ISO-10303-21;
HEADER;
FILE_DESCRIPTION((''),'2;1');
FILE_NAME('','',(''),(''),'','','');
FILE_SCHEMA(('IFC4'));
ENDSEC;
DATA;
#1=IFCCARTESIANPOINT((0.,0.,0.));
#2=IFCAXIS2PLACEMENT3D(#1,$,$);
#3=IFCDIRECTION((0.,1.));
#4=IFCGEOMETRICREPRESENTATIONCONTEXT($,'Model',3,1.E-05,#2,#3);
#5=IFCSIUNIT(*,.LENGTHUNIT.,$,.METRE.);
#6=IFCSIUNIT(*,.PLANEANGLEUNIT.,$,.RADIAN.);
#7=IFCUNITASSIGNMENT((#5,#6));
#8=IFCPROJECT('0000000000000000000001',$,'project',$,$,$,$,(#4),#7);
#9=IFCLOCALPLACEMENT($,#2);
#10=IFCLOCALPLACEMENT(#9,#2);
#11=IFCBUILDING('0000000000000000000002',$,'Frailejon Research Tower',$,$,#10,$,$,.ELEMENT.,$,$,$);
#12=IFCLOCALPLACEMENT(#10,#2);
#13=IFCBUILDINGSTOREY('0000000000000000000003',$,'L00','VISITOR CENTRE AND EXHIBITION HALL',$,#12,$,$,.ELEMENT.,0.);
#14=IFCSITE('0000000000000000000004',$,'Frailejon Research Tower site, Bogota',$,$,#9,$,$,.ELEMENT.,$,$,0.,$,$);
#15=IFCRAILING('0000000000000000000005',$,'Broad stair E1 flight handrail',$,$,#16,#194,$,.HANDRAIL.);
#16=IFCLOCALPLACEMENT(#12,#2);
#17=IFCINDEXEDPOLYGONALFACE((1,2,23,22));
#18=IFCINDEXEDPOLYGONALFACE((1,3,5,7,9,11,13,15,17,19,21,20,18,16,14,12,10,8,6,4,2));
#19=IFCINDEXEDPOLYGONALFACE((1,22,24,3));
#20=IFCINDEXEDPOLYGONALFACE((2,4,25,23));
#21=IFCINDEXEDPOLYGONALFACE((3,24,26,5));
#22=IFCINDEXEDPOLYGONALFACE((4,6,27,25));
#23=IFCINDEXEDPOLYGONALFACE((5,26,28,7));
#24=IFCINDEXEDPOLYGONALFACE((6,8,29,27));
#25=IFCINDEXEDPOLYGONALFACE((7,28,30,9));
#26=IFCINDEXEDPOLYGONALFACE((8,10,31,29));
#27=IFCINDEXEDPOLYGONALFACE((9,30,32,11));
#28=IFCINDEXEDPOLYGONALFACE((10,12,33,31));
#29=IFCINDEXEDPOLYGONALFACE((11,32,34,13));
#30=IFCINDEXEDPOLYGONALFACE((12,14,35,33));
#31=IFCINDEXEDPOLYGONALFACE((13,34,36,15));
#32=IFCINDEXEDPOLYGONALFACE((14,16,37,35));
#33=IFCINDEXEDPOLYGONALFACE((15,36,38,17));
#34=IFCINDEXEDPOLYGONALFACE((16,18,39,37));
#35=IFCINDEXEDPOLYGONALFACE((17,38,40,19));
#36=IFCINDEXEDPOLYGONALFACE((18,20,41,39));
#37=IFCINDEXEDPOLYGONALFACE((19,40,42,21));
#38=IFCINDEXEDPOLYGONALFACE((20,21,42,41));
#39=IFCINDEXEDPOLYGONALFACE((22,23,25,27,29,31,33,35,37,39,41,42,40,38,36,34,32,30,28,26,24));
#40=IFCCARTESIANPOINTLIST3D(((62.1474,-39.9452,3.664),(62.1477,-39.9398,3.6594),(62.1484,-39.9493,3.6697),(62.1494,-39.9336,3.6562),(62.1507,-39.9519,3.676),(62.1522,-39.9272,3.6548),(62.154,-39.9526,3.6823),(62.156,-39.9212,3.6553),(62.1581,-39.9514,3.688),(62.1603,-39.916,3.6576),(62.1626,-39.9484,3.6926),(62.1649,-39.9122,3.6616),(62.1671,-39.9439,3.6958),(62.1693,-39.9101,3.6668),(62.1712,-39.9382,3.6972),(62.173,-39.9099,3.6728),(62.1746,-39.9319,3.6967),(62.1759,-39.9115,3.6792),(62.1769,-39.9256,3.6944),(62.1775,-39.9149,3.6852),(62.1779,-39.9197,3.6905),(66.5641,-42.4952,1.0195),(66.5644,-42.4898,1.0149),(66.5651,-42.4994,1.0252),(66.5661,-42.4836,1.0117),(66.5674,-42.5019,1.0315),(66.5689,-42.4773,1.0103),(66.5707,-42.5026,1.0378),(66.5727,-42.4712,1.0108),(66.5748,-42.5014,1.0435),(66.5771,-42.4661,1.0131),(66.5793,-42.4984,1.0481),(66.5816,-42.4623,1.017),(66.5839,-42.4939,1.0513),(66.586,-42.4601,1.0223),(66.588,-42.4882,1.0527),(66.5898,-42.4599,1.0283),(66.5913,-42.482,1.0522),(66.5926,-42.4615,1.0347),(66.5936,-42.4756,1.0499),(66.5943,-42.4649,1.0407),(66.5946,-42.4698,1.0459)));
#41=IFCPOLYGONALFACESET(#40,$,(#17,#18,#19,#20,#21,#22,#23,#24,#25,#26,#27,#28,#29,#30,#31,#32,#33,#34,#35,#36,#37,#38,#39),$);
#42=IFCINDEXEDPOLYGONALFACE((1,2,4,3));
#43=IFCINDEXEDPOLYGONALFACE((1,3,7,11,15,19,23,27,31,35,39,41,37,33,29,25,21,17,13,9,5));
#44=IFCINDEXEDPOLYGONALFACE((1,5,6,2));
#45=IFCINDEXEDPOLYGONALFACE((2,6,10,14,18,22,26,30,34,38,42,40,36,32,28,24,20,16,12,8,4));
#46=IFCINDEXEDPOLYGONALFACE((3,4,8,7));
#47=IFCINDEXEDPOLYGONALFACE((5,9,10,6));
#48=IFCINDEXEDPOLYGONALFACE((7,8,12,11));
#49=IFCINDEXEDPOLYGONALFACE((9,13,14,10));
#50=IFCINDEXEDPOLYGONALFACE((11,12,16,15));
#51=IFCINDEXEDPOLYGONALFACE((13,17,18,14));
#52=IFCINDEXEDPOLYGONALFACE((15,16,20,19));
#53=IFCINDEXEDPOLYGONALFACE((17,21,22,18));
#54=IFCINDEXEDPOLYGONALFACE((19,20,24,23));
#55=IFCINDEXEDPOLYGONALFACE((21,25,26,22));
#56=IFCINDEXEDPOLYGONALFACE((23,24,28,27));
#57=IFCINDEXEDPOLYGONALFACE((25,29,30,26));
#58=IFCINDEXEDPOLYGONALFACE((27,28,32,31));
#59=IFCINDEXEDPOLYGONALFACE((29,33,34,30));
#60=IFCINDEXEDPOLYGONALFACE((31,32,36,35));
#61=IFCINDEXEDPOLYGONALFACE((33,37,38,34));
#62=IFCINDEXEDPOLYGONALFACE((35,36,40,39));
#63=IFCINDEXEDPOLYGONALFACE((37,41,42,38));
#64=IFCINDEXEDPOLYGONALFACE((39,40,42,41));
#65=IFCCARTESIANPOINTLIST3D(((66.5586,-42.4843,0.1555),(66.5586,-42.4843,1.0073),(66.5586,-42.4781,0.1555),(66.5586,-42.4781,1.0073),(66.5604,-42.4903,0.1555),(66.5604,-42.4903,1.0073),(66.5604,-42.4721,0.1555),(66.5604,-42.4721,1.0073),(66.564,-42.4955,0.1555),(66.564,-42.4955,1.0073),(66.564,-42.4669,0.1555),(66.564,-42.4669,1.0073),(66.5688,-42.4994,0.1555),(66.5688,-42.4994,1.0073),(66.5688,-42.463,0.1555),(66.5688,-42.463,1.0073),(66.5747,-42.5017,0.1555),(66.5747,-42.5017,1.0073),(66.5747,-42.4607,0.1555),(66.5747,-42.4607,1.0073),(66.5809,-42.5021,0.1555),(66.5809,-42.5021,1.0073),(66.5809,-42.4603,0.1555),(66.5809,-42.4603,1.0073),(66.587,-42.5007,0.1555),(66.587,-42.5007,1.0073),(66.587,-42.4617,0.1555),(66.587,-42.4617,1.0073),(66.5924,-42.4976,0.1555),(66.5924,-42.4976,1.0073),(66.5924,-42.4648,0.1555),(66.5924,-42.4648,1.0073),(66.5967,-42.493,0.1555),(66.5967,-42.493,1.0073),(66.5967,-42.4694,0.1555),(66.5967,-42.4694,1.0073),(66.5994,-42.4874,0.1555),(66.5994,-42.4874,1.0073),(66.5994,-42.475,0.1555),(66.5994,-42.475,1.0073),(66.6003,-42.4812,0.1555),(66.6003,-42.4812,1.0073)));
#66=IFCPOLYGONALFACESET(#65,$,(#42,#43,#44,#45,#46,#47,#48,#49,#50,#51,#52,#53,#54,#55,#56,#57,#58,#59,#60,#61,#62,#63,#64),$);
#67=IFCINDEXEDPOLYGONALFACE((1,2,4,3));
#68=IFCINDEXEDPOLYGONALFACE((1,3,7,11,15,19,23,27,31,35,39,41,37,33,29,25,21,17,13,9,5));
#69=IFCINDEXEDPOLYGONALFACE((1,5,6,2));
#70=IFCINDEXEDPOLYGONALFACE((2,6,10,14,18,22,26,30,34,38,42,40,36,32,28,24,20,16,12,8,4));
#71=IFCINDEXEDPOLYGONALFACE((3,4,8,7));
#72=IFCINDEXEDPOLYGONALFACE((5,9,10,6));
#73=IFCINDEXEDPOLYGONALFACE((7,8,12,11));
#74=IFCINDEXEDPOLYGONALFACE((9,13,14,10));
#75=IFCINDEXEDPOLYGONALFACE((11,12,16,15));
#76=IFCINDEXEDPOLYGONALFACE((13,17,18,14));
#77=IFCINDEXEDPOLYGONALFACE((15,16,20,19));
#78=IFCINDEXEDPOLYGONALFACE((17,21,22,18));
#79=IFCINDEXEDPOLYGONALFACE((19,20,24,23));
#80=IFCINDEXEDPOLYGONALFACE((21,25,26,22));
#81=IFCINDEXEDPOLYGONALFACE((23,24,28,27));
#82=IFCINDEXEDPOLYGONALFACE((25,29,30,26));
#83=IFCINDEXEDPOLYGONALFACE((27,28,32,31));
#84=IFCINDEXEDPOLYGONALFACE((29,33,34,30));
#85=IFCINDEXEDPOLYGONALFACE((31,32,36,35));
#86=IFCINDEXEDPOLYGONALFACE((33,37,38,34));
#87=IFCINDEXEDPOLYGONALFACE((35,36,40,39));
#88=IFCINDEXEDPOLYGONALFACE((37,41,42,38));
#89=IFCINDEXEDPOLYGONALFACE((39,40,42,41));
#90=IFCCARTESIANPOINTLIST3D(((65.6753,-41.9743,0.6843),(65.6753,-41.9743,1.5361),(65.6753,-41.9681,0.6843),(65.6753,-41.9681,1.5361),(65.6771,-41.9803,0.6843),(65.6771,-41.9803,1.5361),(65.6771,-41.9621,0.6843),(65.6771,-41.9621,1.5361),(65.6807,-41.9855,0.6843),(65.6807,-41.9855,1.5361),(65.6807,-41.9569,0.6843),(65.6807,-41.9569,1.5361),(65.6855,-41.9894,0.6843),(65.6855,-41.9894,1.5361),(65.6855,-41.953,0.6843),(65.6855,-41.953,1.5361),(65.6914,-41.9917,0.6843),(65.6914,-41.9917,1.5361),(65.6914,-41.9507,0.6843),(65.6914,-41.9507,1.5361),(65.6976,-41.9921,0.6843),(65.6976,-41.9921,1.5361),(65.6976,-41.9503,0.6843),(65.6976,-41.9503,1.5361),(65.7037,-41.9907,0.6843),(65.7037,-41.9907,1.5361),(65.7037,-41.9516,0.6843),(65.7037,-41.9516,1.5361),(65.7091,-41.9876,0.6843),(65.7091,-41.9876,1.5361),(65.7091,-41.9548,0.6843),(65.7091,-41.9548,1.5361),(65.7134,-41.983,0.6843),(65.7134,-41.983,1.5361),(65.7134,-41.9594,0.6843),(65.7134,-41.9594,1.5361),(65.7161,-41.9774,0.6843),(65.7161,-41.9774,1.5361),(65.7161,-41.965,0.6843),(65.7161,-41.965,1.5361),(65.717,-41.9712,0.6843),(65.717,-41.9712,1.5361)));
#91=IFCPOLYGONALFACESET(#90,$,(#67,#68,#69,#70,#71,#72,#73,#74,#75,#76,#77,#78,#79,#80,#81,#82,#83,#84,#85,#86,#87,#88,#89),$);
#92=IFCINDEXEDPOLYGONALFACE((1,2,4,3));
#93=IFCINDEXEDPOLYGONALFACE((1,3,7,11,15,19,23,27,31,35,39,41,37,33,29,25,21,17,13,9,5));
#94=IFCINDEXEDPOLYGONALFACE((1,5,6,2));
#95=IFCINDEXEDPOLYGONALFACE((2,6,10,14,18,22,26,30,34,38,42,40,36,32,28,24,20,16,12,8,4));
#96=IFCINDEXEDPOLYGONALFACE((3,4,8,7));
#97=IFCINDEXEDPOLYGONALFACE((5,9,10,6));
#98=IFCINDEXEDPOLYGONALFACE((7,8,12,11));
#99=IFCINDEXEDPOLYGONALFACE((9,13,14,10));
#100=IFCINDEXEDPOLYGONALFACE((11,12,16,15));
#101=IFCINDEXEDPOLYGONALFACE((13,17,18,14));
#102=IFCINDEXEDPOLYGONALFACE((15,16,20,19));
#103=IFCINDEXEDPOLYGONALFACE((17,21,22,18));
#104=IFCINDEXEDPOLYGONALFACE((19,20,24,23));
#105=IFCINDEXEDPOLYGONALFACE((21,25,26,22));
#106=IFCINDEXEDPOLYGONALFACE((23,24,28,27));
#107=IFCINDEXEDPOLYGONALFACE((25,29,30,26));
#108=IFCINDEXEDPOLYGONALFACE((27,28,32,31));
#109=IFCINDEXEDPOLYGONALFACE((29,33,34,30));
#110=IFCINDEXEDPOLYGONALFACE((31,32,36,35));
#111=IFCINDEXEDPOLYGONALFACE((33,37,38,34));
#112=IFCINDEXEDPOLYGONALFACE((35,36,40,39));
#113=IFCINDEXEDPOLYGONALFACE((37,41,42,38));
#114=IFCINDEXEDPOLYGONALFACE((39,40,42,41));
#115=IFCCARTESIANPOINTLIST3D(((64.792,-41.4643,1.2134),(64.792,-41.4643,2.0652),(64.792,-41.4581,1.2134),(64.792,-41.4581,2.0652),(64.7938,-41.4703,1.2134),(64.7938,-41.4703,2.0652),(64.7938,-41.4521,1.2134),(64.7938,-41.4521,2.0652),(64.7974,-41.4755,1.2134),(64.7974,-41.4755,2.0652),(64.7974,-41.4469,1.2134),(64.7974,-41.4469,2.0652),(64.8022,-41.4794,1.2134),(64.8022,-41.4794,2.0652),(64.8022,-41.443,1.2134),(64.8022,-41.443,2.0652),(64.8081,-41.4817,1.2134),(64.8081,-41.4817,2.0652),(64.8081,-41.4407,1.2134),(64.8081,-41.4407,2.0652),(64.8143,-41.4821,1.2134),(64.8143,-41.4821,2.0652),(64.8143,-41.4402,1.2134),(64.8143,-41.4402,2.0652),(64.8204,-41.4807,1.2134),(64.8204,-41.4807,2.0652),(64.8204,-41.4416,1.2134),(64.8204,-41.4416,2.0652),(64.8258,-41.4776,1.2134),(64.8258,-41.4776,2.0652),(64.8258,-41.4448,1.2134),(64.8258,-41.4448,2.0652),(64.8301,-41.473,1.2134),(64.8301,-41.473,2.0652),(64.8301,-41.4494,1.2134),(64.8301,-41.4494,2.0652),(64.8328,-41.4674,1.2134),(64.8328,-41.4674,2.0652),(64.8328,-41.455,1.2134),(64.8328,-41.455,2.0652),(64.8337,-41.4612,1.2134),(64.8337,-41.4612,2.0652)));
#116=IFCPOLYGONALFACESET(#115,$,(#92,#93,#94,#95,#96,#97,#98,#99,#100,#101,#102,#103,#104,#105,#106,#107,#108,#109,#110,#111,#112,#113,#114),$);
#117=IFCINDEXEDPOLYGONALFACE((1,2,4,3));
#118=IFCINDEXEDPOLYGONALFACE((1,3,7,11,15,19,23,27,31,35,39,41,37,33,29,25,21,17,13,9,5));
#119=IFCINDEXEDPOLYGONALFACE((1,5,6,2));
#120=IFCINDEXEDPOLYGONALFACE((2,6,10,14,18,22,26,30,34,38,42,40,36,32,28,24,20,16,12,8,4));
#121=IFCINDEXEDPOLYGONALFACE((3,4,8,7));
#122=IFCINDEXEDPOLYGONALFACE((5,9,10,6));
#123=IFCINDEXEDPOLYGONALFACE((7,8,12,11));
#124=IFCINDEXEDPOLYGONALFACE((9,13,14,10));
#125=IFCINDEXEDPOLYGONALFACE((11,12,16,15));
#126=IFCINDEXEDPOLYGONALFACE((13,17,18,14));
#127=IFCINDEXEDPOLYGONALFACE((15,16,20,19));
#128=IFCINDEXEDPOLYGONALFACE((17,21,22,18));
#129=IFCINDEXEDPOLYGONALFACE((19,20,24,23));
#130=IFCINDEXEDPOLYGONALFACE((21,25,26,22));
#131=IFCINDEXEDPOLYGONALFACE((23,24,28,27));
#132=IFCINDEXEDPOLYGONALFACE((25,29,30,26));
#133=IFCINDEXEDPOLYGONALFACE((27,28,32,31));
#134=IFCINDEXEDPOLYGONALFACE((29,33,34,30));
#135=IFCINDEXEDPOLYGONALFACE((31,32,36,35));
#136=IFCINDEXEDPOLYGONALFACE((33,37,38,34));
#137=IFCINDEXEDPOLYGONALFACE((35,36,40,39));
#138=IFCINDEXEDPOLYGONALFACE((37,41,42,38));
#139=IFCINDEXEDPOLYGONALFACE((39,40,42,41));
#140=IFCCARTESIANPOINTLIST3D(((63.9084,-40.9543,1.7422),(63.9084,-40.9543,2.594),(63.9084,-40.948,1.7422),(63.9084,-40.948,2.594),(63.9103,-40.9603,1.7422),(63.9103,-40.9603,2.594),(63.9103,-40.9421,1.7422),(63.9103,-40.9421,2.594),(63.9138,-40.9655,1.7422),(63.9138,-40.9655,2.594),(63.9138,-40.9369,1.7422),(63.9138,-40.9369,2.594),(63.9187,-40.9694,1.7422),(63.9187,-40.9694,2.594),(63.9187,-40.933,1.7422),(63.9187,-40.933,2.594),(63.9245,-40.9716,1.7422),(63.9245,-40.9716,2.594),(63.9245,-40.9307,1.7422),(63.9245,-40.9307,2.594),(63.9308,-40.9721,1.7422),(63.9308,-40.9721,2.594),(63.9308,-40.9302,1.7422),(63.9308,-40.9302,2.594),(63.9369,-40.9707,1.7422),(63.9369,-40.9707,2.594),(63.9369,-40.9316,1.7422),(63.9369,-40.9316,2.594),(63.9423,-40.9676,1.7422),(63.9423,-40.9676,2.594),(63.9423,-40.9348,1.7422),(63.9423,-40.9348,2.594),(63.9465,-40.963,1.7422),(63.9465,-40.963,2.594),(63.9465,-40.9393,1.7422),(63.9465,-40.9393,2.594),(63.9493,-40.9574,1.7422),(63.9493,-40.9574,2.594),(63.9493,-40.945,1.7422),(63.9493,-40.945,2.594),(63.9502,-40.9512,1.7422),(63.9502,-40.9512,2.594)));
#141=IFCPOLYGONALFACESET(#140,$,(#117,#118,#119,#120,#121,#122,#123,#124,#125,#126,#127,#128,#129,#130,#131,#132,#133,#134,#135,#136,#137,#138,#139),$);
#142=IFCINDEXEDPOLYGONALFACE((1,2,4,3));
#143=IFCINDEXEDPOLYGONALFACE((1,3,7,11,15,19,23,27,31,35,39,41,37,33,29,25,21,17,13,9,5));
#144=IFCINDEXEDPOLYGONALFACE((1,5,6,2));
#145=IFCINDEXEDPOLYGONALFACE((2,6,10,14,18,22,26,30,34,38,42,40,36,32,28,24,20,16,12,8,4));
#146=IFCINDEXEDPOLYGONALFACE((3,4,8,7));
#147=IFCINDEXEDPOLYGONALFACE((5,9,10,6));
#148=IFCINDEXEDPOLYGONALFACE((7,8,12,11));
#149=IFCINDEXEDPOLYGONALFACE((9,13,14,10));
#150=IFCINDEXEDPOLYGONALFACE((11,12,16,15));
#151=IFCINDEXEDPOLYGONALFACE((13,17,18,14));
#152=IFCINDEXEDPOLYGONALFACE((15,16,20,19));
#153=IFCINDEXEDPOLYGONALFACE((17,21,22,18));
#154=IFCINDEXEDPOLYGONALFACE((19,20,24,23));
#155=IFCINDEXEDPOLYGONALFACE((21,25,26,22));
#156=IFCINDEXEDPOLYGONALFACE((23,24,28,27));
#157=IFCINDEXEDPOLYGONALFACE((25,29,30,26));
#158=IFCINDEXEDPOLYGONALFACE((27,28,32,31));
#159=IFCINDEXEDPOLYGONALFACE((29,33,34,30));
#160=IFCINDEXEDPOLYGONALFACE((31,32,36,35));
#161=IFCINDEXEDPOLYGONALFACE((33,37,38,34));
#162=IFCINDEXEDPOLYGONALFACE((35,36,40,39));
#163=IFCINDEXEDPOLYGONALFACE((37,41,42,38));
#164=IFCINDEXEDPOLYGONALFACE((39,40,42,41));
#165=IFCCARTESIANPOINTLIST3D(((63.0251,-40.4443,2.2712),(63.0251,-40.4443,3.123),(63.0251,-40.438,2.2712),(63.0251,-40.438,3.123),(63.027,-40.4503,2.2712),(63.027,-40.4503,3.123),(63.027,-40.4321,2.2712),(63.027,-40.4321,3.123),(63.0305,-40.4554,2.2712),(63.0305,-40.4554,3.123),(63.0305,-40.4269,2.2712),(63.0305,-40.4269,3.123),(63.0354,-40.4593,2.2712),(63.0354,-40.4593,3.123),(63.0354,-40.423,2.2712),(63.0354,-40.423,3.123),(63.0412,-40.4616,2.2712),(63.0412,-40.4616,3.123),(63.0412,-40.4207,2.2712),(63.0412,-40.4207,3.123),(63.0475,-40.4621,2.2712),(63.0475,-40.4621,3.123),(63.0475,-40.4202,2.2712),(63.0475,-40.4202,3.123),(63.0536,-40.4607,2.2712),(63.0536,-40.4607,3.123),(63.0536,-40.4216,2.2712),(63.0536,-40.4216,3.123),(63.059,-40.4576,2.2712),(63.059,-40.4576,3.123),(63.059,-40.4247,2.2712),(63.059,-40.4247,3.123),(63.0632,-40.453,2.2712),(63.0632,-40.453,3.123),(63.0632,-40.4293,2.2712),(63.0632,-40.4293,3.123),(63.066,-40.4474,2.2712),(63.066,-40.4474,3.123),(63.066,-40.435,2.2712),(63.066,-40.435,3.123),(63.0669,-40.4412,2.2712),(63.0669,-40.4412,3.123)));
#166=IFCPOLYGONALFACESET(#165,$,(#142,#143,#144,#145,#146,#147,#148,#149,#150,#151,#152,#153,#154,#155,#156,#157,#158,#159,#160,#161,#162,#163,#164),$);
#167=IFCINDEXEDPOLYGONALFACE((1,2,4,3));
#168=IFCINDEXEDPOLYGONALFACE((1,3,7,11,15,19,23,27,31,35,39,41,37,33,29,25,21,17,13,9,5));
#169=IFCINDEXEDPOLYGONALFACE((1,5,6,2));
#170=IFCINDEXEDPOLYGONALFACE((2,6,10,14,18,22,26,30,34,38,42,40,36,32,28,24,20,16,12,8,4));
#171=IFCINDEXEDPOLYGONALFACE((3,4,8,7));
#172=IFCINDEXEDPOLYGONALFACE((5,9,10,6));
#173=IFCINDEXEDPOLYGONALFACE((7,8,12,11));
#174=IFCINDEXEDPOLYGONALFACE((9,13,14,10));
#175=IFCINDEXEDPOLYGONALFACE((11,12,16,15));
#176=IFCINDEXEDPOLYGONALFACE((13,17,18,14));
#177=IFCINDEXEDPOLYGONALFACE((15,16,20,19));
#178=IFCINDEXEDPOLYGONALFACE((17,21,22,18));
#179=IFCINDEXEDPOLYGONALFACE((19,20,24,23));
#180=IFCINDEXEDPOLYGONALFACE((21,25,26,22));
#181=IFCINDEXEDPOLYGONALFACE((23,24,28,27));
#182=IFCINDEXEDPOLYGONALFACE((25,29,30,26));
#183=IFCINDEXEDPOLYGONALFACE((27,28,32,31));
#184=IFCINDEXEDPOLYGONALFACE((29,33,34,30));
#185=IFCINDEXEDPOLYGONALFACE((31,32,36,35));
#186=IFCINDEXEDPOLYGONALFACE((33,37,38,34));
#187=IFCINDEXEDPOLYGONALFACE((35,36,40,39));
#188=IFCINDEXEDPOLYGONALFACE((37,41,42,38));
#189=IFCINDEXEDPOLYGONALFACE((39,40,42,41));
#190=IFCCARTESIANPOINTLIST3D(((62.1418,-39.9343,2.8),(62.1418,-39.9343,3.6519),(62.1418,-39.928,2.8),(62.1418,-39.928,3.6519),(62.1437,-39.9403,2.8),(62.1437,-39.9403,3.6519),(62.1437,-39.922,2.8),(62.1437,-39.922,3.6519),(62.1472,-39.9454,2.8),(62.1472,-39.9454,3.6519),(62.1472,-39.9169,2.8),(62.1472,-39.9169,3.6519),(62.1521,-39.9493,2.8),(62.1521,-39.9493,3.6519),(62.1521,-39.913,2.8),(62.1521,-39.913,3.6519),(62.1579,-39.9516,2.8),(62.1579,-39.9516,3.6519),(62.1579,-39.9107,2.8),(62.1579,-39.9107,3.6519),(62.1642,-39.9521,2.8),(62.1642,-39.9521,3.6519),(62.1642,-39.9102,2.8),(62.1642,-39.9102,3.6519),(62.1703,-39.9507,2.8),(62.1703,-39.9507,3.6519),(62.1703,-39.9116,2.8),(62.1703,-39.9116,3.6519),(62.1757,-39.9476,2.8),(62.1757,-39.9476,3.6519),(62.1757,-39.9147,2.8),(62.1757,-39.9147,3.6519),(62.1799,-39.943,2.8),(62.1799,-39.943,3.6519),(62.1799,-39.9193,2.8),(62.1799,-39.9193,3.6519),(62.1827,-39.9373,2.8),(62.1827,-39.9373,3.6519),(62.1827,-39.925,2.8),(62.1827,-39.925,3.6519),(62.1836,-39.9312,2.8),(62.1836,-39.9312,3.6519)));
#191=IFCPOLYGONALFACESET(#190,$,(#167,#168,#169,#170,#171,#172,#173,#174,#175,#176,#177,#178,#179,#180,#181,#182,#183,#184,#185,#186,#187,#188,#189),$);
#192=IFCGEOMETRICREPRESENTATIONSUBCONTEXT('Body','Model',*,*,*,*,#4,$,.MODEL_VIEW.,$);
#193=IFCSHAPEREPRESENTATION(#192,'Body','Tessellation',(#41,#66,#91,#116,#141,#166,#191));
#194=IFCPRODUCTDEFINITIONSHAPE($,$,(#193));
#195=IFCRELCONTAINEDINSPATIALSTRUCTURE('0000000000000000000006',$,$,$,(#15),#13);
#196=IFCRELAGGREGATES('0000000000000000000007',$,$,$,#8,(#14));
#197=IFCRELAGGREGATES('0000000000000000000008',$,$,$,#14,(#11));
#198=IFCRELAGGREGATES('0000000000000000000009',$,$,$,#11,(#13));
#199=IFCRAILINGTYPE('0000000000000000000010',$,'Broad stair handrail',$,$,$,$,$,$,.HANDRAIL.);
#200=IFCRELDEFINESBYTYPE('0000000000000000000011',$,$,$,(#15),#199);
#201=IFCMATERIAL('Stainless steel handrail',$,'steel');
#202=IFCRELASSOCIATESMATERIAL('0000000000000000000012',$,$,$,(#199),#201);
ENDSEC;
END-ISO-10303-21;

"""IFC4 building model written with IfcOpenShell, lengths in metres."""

from ifc_helpers import new_model, si_unit, direction, frame, origin, origin_2d, place, context, subcontext, project, spatial, circle, extrude, material, type_object, element, save


model = new_model("IFC4")

# Units and contexts
model_context = context("Model", 3, precision=1e-05, world=origin(), true_north=direction((0.0, 1.0)))
body_context = subcontext(model_context, "Body", "Model", "MODEL_VIEW")
ifc_project = project(units=[si_unit("LENGTHUNIT", "METRE"), si_unit("PLANEANGLEUNIT", "RADIAN")], contexts=[model_context])

# Site, building, storey
site_placement = place(None, origin())
site = spatial("IfcSite", under=ifc_project, at=site_placement, Name="Frailejon Research Tower site, Bogota", CompositionType="ELEMENT", RefElevation=0.0)
building_placement = place(site_placement, origin())
building = spatial("IfcBuilding", under=site, at=building_placement, Name="Frailejon Research Tower", CompositionType="ELEMENT")
storey_placement = place(building_placement, origin())
storey = spatial("IfcBuildingStorey", under=building, at=storey_placement, Name="L00", Description="VISITOR CENTRE AND EXHIBITION HALL", CompositionType="ELEMENT", Elevation=0.0)

# Railing
ifc_material_1 = material(Name="Stainless steel handrail", Category="steel")
railing_type_1 = type_object("IfcRailingType", Name="Broad stair handrail", PredefinedType="HANDRAIL", material=ifc_material_1)
for number, where, name in (
    (1, (66.5793, -42.4812, 0.1555), "Broad stair E1 flight handrail"),
):
    element("IfcRailing", number, at=place(storey_placement, frame(where)), inside=storey, type_object=railing_type_1, Name=name, PredefinedType="HANDRAIL", context=body_context, shape_type="SweptSolid", body=[
        extrude(circle(Radius=0.0239, at=origin_2d()), frame((0.0, 0.0, 0.876), z_axis=(-0.768811, 0.44388, 0.460326), x_axis=(-0.500006, -0.866022, 0.0)), (0.0, 0.0, 1.0), 5.7449),
        extrude(circle(Radius=0.021, at=origin_2d()), origin(), (0.0, 0.0, 1.0), 0.8518),
        extrude(circle(Radius=0.021, at=origin_2d()), frame((-0.8833, 0.51, 0.5288)), (0.0, 0.0, 1.0), 0.8518),
        extrude(circle(Radius=0.021, at=origin_2d()), frame((-1.7666, 1.02, 1.0579)), (0.0, 0.0, 1.0), 0.8518),
        extrude(circle(Radius=0.021, at=origin_2d()), frame((-2.6501, 1.53, 1.5867)), (0.0, 0.0, 1.0), 0.8518),
        extrude(circle(Radius=0.021, at=origin_2d()), frame((-3.5334, 2.04, 2.1157)), (0.0, 0.0, 1.0), 0.8518),
        extrude(circle(Radius=0.021, at=origin_2d()), frame((-4.4167, 2.55, 2.6445)), (0.0, 0.0, 1.0), 0.8518),
    ])

save(model, "model.ifc")
